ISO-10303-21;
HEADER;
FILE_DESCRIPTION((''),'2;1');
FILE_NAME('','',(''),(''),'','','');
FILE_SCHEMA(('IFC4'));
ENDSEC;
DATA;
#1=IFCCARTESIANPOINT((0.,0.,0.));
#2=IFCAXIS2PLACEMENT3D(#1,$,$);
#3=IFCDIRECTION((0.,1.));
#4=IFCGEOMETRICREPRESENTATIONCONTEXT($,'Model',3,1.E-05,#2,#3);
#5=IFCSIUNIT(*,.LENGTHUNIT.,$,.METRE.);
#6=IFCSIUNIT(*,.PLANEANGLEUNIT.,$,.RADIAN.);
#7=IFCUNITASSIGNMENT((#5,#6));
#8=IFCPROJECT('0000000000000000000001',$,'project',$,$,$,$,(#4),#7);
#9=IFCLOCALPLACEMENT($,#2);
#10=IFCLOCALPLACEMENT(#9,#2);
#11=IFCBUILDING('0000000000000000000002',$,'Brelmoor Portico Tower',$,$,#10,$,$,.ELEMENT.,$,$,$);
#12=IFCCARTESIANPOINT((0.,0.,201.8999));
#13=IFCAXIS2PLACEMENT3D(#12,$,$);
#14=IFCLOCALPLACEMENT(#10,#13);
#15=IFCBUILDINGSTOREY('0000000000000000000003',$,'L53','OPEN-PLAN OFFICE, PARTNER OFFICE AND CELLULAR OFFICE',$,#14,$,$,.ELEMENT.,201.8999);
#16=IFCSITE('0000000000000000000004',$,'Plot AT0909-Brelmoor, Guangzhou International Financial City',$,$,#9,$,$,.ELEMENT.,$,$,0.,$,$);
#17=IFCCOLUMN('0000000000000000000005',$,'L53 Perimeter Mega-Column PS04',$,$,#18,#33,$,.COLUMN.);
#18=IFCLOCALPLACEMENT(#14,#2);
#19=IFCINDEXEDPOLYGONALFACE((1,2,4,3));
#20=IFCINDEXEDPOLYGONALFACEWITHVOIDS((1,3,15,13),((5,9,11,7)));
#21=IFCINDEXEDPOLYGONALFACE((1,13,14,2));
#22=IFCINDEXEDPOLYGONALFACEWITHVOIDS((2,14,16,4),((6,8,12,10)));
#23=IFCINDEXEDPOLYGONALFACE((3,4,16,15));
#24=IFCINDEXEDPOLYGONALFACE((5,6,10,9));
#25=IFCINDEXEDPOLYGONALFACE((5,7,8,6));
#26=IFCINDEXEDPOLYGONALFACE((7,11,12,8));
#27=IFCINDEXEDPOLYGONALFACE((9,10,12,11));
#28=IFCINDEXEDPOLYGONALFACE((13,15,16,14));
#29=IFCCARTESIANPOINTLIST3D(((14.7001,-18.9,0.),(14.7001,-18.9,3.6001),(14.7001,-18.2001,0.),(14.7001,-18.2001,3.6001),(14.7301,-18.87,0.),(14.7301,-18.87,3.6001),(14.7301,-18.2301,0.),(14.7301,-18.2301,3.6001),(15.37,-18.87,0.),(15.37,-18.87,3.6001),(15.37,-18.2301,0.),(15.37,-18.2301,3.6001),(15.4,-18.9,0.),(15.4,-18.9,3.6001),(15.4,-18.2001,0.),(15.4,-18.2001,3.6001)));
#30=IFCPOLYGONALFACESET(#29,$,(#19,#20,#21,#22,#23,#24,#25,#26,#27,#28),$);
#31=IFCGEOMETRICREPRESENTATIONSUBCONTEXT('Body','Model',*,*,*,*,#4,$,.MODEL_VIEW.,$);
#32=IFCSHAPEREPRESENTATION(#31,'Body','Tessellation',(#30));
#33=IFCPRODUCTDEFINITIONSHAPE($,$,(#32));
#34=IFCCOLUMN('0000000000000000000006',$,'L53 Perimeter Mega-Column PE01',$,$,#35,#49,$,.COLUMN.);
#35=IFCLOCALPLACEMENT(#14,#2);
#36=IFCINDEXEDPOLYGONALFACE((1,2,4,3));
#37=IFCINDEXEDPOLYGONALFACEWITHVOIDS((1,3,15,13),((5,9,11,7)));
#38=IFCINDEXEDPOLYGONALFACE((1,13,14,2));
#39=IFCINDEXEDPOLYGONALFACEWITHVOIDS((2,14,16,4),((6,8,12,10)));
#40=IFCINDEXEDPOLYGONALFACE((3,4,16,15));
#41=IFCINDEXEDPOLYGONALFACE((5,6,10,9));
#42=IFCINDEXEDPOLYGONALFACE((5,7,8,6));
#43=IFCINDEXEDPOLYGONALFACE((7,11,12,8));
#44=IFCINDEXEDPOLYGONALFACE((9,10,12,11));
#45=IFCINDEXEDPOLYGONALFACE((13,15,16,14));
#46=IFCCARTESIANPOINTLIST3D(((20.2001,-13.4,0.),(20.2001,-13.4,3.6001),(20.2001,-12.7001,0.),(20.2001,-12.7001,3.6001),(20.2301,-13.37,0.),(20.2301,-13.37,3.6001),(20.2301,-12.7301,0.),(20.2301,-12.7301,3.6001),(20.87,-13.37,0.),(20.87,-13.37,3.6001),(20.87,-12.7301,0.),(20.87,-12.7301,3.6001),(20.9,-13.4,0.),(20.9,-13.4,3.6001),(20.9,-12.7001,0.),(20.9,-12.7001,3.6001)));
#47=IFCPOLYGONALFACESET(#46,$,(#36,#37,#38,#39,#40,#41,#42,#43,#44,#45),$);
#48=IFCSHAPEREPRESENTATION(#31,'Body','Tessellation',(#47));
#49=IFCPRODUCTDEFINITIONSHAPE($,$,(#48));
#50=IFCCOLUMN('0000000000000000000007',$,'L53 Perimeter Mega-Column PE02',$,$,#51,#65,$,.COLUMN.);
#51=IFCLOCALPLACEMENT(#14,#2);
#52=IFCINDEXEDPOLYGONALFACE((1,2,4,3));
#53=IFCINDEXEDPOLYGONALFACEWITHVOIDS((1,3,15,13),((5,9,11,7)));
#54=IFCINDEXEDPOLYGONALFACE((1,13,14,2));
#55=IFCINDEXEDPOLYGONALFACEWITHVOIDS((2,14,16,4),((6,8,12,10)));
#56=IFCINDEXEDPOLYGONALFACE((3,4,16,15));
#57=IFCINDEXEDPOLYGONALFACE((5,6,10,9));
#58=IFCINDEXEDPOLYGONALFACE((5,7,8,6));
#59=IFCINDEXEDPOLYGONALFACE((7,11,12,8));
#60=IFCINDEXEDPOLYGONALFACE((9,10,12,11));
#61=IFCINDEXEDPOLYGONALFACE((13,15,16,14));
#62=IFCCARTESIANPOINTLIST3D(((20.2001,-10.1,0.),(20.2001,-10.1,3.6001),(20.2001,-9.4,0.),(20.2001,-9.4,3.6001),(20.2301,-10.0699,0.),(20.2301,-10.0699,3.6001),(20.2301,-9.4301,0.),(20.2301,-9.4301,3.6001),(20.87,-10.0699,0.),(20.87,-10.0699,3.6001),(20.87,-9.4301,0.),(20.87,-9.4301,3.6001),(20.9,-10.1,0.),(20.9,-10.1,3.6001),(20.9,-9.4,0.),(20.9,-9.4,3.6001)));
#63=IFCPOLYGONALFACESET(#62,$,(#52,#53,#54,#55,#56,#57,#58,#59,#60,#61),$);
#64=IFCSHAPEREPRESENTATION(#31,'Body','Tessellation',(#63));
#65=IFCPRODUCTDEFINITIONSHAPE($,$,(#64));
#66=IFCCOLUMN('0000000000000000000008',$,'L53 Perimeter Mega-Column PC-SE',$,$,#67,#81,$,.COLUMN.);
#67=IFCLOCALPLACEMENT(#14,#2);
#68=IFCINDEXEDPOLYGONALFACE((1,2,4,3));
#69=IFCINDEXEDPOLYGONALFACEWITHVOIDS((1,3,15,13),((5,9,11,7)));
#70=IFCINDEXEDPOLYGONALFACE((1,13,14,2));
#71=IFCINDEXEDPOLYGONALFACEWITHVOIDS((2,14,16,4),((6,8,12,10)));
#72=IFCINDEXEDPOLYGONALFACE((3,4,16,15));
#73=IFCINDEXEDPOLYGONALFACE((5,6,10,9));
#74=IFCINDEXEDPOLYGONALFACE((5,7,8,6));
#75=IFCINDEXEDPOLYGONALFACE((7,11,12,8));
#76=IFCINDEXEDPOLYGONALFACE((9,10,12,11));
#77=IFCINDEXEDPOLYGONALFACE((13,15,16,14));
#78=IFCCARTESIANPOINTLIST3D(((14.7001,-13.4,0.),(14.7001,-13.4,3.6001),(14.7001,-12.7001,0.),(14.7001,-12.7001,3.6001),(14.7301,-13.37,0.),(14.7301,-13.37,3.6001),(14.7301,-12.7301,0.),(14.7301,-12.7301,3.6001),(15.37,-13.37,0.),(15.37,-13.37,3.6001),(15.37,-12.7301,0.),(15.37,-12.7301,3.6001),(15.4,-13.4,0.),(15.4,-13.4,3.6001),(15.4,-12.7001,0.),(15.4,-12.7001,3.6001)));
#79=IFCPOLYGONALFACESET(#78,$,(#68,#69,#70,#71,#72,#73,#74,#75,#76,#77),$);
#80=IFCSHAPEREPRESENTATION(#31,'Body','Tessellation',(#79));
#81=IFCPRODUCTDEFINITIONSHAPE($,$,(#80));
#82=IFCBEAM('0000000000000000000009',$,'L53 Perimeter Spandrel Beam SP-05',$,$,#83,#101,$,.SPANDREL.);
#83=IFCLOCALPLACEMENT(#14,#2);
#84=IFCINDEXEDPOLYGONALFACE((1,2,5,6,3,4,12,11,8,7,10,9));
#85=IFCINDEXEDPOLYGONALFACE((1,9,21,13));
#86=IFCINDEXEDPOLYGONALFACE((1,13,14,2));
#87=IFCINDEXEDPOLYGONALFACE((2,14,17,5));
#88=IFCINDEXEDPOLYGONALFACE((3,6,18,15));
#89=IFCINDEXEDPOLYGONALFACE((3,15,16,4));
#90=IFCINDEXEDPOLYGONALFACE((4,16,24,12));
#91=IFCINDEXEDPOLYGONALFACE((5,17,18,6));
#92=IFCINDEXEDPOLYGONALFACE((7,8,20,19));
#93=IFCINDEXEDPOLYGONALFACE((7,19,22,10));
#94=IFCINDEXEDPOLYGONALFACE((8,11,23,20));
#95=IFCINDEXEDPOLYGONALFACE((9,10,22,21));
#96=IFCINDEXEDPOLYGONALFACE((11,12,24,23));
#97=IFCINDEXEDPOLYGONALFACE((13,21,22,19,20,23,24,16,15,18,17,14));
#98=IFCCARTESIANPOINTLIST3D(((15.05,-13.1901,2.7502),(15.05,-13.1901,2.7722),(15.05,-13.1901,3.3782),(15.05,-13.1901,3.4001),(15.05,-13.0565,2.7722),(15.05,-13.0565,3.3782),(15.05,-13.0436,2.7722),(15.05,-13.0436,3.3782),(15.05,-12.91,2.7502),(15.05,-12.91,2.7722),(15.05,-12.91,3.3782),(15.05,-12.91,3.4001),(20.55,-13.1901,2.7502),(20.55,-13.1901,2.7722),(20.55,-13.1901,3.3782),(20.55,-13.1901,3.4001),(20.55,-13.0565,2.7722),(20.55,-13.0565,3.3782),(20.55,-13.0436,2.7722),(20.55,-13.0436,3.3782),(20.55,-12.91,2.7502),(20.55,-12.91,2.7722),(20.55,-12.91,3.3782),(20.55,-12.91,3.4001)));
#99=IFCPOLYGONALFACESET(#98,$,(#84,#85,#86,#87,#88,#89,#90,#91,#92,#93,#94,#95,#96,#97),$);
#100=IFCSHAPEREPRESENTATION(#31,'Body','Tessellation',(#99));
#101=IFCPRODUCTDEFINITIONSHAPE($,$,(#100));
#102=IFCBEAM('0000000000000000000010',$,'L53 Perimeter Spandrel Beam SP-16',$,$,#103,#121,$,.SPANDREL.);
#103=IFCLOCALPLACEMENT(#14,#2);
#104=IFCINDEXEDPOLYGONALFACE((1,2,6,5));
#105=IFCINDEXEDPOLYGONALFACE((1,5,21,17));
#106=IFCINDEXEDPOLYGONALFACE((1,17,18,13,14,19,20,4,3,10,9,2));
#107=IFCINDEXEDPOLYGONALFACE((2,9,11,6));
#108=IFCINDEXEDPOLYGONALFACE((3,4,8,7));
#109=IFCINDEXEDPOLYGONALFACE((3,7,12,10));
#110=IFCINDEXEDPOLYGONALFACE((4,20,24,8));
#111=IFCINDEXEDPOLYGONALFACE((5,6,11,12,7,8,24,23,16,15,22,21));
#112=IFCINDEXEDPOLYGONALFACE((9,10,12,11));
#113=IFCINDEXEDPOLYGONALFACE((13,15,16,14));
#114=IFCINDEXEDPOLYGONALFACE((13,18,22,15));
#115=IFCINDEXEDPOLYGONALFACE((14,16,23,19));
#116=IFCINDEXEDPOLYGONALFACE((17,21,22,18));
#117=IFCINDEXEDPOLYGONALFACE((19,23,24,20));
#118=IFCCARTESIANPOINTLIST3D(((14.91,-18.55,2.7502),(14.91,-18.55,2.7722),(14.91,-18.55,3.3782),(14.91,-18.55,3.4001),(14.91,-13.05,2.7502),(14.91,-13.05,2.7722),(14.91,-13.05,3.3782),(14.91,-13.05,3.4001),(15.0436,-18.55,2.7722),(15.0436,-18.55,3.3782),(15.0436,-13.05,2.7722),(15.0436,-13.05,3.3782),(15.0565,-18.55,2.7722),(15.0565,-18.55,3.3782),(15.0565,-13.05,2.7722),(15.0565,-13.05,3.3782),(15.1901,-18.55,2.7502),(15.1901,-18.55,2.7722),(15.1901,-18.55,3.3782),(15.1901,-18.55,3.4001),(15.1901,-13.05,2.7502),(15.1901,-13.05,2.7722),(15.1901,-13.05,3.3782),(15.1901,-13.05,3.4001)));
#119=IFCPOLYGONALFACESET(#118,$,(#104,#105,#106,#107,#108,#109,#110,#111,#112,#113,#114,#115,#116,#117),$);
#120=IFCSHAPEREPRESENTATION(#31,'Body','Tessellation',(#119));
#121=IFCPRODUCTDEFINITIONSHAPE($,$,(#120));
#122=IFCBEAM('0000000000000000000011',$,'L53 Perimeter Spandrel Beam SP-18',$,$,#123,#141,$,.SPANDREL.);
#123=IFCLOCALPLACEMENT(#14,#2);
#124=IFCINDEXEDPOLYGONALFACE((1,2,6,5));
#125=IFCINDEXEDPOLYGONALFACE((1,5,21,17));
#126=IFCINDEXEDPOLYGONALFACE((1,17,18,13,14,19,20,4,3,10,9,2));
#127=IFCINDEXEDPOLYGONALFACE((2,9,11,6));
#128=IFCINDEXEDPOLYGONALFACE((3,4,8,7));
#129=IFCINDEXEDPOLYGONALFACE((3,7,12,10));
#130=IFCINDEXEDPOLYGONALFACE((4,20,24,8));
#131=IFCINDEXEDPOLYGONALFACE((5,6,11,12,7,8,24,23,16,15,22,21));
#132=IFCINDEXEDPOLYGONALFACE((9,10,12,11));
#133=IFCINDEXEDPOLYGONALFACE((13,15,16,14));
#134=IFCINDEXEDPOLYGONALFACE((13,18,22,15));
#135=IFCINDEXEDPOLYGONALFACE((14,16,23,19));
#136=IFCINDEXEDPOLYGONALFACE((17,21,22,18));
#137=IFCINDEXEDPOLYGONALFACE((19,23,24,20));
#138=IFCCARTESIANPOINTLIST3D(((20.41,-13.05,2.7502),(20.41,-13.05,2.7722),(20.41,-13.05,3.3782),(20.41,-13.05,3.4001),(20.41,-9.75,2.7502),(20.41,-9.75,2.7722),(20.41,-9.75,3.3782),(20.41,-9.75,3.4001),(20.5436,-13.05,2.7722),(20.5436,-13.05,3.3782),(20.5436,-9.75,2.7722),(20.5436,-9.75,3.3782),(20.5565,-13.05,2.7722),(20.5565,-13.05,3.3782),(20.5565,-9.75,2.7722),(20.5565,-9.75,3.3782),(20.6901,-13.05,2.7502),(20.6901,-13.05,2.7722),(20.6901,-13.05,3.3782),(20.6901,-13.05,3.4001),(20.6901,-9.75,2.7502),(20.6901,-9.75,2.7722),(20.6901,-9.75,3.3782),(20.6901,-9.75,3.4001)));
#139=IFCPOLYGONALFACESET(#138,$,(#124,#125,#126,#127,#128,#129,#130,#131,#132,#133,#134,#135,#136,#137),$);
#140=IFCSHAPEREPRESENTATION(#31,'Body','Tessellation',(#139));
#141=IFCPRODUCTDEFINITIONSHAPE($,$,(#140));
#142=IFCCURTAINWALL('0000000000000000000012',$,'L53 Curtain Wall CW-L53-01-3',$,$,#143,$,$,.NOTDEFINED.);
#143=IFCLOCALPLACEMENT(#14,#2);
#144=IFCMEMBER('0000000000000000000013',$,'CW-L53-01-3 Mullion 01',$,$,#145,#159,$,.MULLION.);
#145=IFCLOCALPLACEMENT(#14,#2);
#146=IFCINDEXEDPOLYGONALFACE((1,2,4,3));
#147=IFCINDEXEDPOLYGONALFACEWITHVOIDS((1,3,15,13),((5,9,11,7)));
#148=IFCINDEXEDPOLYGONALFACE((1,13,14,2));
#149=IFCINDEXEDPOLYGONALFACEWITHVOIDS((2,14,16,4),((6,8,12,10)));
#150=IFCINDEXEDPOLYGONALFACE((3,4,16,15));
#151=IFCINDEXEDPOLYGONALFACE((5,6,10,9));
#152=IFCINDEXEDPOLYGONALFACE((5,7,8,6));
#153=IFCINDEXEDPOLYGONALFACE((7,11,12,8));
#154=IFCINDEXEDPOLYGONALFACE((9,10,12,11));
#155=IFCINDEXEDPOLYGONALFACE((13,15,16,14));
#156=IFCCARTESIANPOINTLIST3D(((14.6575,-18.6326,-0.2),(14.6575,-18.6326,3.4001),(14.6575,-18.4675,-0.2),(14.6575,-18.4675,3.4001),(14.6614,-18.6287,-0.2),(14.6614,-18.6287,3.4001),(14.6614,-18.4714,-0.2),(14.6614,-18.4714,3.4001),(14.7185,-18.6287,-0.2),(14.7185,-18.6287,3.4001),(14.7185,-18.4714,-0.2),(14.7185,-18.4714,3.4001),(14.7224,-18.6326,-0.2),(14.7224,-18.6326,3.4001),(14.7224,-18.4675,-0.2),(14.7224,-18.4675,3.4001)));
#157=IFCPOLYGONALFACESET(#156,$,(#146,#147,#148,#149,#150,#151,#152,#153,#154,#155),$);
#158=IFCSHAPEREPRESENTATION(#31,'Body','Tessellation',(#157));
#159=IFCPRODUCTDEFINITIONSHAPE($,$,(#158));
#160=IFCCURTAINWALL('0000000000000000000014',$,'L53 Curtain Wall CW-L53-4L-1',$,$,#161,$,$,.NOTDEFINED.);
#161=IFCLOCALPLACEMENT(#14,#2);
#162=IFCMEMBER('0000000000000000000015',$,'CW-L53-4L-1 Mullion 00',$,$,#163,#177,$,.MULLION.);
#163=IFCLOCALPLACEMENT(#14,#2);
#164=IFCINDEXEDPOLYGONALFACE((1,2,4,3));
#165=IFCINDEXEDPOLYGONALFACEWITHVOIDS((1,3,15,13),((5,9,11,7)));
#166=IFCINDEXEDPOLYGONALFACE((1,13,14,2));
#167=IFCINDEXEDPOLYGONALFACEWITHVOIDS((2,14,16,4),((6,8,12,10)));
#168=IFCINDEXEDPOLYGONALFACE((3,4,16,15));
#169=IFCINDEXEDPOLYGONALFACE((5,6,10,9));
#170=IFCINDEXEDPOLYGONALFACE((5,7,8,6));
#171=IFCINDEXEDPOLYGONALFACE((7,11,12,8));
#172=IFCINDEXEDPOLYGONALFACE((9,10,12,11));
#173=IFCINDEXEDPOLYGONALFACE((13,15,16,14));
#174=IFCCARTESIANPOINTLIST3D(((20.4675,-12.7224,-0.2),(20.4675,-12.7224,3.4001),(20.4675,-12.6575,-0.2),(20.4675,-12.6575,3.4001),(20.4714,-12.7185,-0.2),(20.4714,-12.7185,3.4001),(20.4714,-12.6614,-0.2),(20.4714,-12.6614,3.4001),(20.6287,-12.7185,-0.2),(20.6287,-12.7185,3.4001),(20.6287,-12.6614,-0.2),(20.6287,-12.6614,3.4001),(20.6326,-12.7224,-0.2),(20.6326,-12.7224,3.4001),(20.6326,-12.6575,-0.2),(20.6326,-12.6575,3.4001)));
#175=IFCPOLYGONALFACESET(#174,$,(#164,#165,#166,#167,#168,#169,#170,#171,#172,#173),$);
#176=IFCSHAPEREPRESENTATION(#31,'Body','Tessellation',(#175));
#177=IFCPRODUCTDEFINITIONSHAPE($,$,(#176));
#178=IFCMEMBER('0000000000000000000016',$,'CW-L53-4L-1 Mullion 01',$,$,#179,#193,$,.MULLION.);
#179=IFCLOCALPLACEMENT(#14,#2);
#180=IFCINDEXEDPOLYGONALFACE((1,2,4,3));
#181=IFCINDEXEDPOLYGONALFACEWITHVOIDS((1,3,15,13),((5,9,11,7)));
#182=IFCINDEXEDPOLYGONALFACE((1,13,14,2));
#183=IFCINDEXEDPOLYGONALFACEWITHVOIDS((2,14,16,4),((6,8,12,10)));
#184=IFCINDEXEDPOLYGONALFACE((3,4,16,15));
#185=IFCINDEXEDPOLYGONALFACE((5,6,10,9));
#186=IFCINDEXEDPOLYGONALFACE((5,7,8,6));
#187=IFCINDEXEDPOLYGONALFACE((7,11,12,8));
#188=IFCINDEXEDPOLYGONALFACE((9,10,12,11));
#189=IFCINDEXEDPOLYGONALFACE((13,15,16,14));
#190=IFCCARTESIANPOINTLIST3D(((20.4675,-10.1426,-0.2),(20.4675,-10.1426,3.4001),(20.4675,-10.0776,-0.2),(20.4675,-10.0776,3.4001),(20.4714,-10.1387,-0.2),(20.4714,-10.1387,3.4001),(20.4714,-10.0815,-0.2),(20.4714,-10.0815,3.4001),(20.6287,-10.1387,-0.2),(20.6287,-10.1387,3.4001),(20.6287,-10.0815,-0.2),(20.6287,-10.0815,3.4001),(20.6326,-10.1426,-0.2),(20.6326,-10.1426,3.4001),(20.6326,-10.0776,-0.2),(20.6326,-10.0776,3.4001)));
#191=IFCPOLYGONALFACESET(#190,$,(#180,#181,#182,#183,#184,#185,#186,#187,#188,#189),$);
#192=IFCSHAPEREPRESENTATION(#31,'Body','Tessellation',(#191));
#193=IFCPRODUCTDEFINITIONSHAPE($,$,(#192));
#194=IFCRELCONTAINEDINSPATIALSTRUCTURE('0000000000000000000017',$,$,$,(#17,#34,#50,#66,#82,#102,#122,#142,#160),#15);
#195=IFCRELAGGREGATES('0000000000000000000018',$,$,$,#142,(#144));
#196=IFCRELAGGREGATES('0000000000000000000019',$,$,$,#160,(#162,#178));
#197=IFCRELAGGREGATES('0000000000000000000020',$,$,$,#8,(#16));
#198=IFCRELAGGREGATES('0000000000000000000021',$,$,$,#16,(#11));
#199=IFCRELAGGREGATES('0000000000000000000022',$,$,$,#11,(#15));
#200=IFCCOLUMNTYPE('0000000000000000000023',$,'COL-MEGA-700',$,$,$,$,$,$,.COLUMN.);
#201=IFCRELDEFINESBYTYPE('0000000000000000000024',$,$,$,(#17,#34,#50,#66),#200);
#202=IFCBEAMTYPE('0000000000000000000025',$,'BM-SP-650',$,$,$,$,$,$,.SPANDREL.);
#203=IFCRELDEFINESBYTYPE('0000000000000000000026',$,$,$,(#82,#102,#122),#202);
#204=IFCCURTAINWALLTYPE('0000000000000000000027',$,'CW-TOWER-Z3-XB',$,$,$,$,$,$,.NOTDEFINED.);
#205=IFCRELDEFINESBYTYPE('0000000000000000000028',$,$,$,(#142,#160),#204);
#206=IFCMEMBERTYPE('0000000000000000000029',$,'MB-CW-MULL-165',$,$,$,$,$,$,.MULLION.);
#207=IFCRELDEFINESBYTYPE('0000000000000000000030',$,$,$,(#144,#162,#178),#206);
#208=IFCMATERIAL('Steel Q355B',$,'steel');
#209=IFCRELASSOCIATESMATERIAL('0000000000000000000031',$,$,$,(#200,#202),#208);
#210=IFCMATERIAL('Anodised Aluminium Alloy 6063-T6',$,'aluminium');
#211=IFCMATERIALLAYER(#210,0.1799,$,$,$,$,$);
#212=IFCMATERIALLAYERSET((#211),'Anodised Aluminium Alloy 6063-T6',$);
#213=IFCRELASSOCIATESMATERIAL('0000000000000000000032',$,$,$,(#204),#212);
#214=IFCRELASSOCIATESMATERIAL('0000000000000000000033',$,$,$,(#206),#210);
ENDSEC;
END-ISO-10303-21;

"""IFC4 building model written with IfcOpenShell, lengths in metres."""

from ifc_helpers import new_model, si_unit, direction, frame, origin, origin_2d, place, context, subcontext, project, spatial, hollow_rectangle, i_section, extrude, material, layer, layer_set, material_profile, profile_set, type_object, element, aggregate, save


model = new_model("IFC4")

# Units and contexts
model_context = context("Model", 3, precision=1e-05, world=origin(), true_north=direction((0.0, 1.0)))
body_context = subcontext(model_context, "Body", "Model", "MODEL_VIEW")
ifc_project = project(units=[si_unit("LENGTHUNIT", "METRE"), si_unit("PLANEANGLEUNIT", "RADIAN")], contexts=[model_context])

# Site, building, storey
site_placement = place(None, origin())
site = spatial("IfcSite", under=ifc_project, at=site_placement, Name="Plot AT0909-Brelmoor, Guangzhou International Financial City", CompositionType="ELEMENT", RefElevation=0.0)
building_placement = place(site_placement, origin())
building = spatial("IfcBuilding", under=site, at=building_placement, Name="Brelmoor Portico Tower", CompositionType="ELEMENT")
storey_placement = place(building_placement, frame((0.0, 0.0, 201.8999)))
storey = spatial("IfcBuildingStorey", under=building, at=storey_placement, Name="L53", Description="OPEN-PLAN OFFICE, PARTNER OFFICE AND CELLULAR OFFICE", CompositionType="ELEMENT", Elevation=201.8999)

# Columns
ifc_material_1 = material(Name="Steel Q355B", Category="steel")
ifc_material_profile_1 = material_profile(ifc_material_1, hollow_rectangle(XDim=0.7, YDim=0.7, WallThickness=0.03, at=origin_2d()), Name="BOX 700x700x30")
ifc_profile_set_1 = profile_set([ifc_material_profile_1], Name="Steel Q355B")
column_type = type_object("IfcColumnType", Name="COL-MEGA-700", PredefinedType="COLUMN", material=ifc_profile_set_1)
for number, where, z_axis, x_axis, name in (
    (1, (15.05, -18.55, 0.0), (0.0, 0.0, 1.0), (1.0, 0.0, 0.0), "L53 Perimeter Mega-Column PS04"),
    (2, (20.55, -13.05, 0.0), (0.0, 0.0, 1.0), (0.0, 1.0, 0.0), "L53 Perimeter Mega-Column PE01"),
    (3, (20.55, -9.75, 0.0), (0.0, 0.0, 1.0), (0.0, 1.0, 0.0), "L53 Perimeter Mega-Column PE02"),
    (4, (15.05, -13.05, 0.0), (0.0, 0.0, 1.0), (1.0, 0.0, 0.0), "L53 Perimeter Mega-Column PC-SE"),
):
    element("IfcColumn", number, at=place(storey_placement, frame(where, z_axis=z_axis, x_axis=x_axis)), inside=storey, type_object=column_type, Name=name, PredefinedType="COLUMN", context=body_context, shape_type="SweptSolid", body=[
        extrude(hollow_rectangle(XDim=0.7, YDim=0.7, WallThickness=0.03, at=origin_2d()), origin(), (0.0, 0.0, 1.0), 3.6001),
    ])

# Beams
ifc_material_profile_2 = material_profile(ifc_material_1, i_section(OverallWidth=0.28, OverallDepth=0.6499, WebThickness=0.0129, FlangeThickness=0.022, at=origin_2d()), Name="HN 650x280x13x22")
ifc_profile_set_2 = profile_set([ifc_material_profile_2], Name="Steel Q355B")
beam_type = type_object("IfcBeamType", Name="BM-SP-650", PredefinedType="SPANDREL", material=ifc_profile_set_2)
for number, where, z_axis, x_axis, name in (
    (5, (15.05, -13.05, 3.0752), (1.0, 0.0, 0.0), (0.0, 1.0, 0.0), "L53 Perimeter Spandrel Beam SP-05"),
    (6, (15.05, -18.55, 3.0752), (0.0, 1.0, 0.0), (-1.0, 0.0, 0.0), "L53 Perimeter Spandrel Beam SP-16"),
):
    element("IfcBeam", number, at=place(storey_placement, frame(where, z_axis=z_axis, x_axis=x_axis)), inside=storey, type_object=beam_type, Name=name, PredefinedType="SPANDREL", context=body_context, shape_type="SweptSolid", body=[
        extrude(i_section(OverallWidth=0.28, OverallDepth=0.6499, WebThickness=0.0129, FlangeThickness=0.022, at=origin_2d()), origin(), (0.0, 0.0, 1.0), 5.5),
    ])
beam_placement = place(storey_placement, frame((20.55, -13.05, 3.0752), z_axis=(0.0, 1.0, 0.0), x_axis=(-1.0, 0.0, 0.0)))
element("IfcBeam", 7, at=beam_placement, inside=storey, type_object=beam_type, Name="L53 Perimeter Spandrel Beam SP-18", PredefinedType="SPANDREL", context=body_context, shape_type="SweptSolid", body=[
    extrude(i_section(OverallWidth=0.28, OverallDepth=0.6499, WebThickness=0.0129, FlangeThickness=0.022, at=origin_2d()), origin(), (0.0, 0.0, 1.0), 3.3),
])

# Curtain wall, member
ifc_material_2 = material(Name="Anodised Aluminium Alloy 6063-T6", Category="aluminium")
ifc_layer_1 = layer(ifc_material_2, 0.1799)
ifc_layer_set_1 = layer_set([ifc_layer_1], Name="Anodised Aluminium Alloy 6063-T6")
curtain_wall_type = type_object("IfcCurtainWallType", Name="CW-TOWER-Z3-XB", PredefinedType="NOTDEFINED", material=ifc_layer_set_1)
curtain_wall_1_placement = place(storey_placement, origin())
curtain_wall_1 = element("IfcCurtainWall", 8, at=curtain_wall_1_placement, inside=storey, type_object=curtain_wall_type, Name="L53 Curtain Wall CW-L53-01-3", PredefinedType="NOTDEFINED")
ifc_material_profile_3 = material_profile(ifc_material_2, hollow_rectangle(XDim=0.0649, YDim=0.165, WallThickness=0.0039, at=origin_2d()), Name="ALU MULLION 65x165")
ifc_profile_set_3 = profile_set([ifc_material_profile_3], Name="Anodised Aluminium Alloy 6063-T6")
member_type_1 = type_object("IfcMemberType", Name="MB-CW-MULL-165", PredefinedType="MULLION", material=ifc_profile_set_3)
member_1_placement = place(storey_placement, frame((14.6899, -18.55, -0.2), z_axis=(0.0, 0.0, 1.0), x_axis=(1.0, 0.0, 0.0)))
member_1 = element("IfcMember", 9, at=member_1_placement, type_object=member_type_1, Name="CW-L53-01-3 Mullion 01", PredefinedType="MULLION", context=body_context, shape_type="SweptSolid", body=[
    extrude(hollow_rectangle(XDim=0.0649, YDim=0.165, WallThickness=0.0039, at=origin_2d()), origin(), (0.0, 0.0, 1.0), 3.6001),
])
aggregate(curtain_wall_1, [member_1])

# Curtain wall, members
curtain_wall_2_placement = place(storey_placement, origin())
curtain_wall_2 = element("IfcCurtainWall", 10, at=curtain_wall_2_placement, inside=storey, type_object=curtain_wall_type, Name="L53 Curtain Wall CW-L53-4L-1", PredefinedType="NOTDEFINED")
member_2_placement = place(storey_placement, frame((20.55, -12.6899, -0.2), z_axis=(0.0, 0.0, 1.0), x_axis=(0.0, 1.0, 0.0)))
member_2 = element("IfcMember", 11, at=member_2_placement, type_object=member_type_1, Name="CW-L53-4L-1 Mullion 00", PredefinedType="MULLION", context=body_context, shape_type="SweptSolid", body=[
    extrude(hollow_rectangle(XDim=0.0649, YDim=0.165, WallThickness=0.0039, at=origin_2d()), origin(), (0.0, 0.0, 1.0), 3.6001),
])
member_3_placement = place(storey_placement, frame((20.55, -10.1101, -0.2), z_axis=(0.0, 0.0, 1.0), x_axis=(0.0, 1.0, 0.0)))
member_3 = element("IfcMember", 12, at=member_3_placement, type_object=member_type_1, Name="CW-L53-4L-1 Mullion 01", PredefinedType="MULLION", context=body_context, shape_type="SweptSolid", body=[
    extrude(hollow_rectangle(XDim=0.0649, YDim=0.165, WallThickness=0.0039, at=origin_2d()), origin(), (0.0, 0.0, 1.0), 3.6001),
])
aggregate(curtain_wall_2, [member_2, member_3])

save(model, "model.ifc")
